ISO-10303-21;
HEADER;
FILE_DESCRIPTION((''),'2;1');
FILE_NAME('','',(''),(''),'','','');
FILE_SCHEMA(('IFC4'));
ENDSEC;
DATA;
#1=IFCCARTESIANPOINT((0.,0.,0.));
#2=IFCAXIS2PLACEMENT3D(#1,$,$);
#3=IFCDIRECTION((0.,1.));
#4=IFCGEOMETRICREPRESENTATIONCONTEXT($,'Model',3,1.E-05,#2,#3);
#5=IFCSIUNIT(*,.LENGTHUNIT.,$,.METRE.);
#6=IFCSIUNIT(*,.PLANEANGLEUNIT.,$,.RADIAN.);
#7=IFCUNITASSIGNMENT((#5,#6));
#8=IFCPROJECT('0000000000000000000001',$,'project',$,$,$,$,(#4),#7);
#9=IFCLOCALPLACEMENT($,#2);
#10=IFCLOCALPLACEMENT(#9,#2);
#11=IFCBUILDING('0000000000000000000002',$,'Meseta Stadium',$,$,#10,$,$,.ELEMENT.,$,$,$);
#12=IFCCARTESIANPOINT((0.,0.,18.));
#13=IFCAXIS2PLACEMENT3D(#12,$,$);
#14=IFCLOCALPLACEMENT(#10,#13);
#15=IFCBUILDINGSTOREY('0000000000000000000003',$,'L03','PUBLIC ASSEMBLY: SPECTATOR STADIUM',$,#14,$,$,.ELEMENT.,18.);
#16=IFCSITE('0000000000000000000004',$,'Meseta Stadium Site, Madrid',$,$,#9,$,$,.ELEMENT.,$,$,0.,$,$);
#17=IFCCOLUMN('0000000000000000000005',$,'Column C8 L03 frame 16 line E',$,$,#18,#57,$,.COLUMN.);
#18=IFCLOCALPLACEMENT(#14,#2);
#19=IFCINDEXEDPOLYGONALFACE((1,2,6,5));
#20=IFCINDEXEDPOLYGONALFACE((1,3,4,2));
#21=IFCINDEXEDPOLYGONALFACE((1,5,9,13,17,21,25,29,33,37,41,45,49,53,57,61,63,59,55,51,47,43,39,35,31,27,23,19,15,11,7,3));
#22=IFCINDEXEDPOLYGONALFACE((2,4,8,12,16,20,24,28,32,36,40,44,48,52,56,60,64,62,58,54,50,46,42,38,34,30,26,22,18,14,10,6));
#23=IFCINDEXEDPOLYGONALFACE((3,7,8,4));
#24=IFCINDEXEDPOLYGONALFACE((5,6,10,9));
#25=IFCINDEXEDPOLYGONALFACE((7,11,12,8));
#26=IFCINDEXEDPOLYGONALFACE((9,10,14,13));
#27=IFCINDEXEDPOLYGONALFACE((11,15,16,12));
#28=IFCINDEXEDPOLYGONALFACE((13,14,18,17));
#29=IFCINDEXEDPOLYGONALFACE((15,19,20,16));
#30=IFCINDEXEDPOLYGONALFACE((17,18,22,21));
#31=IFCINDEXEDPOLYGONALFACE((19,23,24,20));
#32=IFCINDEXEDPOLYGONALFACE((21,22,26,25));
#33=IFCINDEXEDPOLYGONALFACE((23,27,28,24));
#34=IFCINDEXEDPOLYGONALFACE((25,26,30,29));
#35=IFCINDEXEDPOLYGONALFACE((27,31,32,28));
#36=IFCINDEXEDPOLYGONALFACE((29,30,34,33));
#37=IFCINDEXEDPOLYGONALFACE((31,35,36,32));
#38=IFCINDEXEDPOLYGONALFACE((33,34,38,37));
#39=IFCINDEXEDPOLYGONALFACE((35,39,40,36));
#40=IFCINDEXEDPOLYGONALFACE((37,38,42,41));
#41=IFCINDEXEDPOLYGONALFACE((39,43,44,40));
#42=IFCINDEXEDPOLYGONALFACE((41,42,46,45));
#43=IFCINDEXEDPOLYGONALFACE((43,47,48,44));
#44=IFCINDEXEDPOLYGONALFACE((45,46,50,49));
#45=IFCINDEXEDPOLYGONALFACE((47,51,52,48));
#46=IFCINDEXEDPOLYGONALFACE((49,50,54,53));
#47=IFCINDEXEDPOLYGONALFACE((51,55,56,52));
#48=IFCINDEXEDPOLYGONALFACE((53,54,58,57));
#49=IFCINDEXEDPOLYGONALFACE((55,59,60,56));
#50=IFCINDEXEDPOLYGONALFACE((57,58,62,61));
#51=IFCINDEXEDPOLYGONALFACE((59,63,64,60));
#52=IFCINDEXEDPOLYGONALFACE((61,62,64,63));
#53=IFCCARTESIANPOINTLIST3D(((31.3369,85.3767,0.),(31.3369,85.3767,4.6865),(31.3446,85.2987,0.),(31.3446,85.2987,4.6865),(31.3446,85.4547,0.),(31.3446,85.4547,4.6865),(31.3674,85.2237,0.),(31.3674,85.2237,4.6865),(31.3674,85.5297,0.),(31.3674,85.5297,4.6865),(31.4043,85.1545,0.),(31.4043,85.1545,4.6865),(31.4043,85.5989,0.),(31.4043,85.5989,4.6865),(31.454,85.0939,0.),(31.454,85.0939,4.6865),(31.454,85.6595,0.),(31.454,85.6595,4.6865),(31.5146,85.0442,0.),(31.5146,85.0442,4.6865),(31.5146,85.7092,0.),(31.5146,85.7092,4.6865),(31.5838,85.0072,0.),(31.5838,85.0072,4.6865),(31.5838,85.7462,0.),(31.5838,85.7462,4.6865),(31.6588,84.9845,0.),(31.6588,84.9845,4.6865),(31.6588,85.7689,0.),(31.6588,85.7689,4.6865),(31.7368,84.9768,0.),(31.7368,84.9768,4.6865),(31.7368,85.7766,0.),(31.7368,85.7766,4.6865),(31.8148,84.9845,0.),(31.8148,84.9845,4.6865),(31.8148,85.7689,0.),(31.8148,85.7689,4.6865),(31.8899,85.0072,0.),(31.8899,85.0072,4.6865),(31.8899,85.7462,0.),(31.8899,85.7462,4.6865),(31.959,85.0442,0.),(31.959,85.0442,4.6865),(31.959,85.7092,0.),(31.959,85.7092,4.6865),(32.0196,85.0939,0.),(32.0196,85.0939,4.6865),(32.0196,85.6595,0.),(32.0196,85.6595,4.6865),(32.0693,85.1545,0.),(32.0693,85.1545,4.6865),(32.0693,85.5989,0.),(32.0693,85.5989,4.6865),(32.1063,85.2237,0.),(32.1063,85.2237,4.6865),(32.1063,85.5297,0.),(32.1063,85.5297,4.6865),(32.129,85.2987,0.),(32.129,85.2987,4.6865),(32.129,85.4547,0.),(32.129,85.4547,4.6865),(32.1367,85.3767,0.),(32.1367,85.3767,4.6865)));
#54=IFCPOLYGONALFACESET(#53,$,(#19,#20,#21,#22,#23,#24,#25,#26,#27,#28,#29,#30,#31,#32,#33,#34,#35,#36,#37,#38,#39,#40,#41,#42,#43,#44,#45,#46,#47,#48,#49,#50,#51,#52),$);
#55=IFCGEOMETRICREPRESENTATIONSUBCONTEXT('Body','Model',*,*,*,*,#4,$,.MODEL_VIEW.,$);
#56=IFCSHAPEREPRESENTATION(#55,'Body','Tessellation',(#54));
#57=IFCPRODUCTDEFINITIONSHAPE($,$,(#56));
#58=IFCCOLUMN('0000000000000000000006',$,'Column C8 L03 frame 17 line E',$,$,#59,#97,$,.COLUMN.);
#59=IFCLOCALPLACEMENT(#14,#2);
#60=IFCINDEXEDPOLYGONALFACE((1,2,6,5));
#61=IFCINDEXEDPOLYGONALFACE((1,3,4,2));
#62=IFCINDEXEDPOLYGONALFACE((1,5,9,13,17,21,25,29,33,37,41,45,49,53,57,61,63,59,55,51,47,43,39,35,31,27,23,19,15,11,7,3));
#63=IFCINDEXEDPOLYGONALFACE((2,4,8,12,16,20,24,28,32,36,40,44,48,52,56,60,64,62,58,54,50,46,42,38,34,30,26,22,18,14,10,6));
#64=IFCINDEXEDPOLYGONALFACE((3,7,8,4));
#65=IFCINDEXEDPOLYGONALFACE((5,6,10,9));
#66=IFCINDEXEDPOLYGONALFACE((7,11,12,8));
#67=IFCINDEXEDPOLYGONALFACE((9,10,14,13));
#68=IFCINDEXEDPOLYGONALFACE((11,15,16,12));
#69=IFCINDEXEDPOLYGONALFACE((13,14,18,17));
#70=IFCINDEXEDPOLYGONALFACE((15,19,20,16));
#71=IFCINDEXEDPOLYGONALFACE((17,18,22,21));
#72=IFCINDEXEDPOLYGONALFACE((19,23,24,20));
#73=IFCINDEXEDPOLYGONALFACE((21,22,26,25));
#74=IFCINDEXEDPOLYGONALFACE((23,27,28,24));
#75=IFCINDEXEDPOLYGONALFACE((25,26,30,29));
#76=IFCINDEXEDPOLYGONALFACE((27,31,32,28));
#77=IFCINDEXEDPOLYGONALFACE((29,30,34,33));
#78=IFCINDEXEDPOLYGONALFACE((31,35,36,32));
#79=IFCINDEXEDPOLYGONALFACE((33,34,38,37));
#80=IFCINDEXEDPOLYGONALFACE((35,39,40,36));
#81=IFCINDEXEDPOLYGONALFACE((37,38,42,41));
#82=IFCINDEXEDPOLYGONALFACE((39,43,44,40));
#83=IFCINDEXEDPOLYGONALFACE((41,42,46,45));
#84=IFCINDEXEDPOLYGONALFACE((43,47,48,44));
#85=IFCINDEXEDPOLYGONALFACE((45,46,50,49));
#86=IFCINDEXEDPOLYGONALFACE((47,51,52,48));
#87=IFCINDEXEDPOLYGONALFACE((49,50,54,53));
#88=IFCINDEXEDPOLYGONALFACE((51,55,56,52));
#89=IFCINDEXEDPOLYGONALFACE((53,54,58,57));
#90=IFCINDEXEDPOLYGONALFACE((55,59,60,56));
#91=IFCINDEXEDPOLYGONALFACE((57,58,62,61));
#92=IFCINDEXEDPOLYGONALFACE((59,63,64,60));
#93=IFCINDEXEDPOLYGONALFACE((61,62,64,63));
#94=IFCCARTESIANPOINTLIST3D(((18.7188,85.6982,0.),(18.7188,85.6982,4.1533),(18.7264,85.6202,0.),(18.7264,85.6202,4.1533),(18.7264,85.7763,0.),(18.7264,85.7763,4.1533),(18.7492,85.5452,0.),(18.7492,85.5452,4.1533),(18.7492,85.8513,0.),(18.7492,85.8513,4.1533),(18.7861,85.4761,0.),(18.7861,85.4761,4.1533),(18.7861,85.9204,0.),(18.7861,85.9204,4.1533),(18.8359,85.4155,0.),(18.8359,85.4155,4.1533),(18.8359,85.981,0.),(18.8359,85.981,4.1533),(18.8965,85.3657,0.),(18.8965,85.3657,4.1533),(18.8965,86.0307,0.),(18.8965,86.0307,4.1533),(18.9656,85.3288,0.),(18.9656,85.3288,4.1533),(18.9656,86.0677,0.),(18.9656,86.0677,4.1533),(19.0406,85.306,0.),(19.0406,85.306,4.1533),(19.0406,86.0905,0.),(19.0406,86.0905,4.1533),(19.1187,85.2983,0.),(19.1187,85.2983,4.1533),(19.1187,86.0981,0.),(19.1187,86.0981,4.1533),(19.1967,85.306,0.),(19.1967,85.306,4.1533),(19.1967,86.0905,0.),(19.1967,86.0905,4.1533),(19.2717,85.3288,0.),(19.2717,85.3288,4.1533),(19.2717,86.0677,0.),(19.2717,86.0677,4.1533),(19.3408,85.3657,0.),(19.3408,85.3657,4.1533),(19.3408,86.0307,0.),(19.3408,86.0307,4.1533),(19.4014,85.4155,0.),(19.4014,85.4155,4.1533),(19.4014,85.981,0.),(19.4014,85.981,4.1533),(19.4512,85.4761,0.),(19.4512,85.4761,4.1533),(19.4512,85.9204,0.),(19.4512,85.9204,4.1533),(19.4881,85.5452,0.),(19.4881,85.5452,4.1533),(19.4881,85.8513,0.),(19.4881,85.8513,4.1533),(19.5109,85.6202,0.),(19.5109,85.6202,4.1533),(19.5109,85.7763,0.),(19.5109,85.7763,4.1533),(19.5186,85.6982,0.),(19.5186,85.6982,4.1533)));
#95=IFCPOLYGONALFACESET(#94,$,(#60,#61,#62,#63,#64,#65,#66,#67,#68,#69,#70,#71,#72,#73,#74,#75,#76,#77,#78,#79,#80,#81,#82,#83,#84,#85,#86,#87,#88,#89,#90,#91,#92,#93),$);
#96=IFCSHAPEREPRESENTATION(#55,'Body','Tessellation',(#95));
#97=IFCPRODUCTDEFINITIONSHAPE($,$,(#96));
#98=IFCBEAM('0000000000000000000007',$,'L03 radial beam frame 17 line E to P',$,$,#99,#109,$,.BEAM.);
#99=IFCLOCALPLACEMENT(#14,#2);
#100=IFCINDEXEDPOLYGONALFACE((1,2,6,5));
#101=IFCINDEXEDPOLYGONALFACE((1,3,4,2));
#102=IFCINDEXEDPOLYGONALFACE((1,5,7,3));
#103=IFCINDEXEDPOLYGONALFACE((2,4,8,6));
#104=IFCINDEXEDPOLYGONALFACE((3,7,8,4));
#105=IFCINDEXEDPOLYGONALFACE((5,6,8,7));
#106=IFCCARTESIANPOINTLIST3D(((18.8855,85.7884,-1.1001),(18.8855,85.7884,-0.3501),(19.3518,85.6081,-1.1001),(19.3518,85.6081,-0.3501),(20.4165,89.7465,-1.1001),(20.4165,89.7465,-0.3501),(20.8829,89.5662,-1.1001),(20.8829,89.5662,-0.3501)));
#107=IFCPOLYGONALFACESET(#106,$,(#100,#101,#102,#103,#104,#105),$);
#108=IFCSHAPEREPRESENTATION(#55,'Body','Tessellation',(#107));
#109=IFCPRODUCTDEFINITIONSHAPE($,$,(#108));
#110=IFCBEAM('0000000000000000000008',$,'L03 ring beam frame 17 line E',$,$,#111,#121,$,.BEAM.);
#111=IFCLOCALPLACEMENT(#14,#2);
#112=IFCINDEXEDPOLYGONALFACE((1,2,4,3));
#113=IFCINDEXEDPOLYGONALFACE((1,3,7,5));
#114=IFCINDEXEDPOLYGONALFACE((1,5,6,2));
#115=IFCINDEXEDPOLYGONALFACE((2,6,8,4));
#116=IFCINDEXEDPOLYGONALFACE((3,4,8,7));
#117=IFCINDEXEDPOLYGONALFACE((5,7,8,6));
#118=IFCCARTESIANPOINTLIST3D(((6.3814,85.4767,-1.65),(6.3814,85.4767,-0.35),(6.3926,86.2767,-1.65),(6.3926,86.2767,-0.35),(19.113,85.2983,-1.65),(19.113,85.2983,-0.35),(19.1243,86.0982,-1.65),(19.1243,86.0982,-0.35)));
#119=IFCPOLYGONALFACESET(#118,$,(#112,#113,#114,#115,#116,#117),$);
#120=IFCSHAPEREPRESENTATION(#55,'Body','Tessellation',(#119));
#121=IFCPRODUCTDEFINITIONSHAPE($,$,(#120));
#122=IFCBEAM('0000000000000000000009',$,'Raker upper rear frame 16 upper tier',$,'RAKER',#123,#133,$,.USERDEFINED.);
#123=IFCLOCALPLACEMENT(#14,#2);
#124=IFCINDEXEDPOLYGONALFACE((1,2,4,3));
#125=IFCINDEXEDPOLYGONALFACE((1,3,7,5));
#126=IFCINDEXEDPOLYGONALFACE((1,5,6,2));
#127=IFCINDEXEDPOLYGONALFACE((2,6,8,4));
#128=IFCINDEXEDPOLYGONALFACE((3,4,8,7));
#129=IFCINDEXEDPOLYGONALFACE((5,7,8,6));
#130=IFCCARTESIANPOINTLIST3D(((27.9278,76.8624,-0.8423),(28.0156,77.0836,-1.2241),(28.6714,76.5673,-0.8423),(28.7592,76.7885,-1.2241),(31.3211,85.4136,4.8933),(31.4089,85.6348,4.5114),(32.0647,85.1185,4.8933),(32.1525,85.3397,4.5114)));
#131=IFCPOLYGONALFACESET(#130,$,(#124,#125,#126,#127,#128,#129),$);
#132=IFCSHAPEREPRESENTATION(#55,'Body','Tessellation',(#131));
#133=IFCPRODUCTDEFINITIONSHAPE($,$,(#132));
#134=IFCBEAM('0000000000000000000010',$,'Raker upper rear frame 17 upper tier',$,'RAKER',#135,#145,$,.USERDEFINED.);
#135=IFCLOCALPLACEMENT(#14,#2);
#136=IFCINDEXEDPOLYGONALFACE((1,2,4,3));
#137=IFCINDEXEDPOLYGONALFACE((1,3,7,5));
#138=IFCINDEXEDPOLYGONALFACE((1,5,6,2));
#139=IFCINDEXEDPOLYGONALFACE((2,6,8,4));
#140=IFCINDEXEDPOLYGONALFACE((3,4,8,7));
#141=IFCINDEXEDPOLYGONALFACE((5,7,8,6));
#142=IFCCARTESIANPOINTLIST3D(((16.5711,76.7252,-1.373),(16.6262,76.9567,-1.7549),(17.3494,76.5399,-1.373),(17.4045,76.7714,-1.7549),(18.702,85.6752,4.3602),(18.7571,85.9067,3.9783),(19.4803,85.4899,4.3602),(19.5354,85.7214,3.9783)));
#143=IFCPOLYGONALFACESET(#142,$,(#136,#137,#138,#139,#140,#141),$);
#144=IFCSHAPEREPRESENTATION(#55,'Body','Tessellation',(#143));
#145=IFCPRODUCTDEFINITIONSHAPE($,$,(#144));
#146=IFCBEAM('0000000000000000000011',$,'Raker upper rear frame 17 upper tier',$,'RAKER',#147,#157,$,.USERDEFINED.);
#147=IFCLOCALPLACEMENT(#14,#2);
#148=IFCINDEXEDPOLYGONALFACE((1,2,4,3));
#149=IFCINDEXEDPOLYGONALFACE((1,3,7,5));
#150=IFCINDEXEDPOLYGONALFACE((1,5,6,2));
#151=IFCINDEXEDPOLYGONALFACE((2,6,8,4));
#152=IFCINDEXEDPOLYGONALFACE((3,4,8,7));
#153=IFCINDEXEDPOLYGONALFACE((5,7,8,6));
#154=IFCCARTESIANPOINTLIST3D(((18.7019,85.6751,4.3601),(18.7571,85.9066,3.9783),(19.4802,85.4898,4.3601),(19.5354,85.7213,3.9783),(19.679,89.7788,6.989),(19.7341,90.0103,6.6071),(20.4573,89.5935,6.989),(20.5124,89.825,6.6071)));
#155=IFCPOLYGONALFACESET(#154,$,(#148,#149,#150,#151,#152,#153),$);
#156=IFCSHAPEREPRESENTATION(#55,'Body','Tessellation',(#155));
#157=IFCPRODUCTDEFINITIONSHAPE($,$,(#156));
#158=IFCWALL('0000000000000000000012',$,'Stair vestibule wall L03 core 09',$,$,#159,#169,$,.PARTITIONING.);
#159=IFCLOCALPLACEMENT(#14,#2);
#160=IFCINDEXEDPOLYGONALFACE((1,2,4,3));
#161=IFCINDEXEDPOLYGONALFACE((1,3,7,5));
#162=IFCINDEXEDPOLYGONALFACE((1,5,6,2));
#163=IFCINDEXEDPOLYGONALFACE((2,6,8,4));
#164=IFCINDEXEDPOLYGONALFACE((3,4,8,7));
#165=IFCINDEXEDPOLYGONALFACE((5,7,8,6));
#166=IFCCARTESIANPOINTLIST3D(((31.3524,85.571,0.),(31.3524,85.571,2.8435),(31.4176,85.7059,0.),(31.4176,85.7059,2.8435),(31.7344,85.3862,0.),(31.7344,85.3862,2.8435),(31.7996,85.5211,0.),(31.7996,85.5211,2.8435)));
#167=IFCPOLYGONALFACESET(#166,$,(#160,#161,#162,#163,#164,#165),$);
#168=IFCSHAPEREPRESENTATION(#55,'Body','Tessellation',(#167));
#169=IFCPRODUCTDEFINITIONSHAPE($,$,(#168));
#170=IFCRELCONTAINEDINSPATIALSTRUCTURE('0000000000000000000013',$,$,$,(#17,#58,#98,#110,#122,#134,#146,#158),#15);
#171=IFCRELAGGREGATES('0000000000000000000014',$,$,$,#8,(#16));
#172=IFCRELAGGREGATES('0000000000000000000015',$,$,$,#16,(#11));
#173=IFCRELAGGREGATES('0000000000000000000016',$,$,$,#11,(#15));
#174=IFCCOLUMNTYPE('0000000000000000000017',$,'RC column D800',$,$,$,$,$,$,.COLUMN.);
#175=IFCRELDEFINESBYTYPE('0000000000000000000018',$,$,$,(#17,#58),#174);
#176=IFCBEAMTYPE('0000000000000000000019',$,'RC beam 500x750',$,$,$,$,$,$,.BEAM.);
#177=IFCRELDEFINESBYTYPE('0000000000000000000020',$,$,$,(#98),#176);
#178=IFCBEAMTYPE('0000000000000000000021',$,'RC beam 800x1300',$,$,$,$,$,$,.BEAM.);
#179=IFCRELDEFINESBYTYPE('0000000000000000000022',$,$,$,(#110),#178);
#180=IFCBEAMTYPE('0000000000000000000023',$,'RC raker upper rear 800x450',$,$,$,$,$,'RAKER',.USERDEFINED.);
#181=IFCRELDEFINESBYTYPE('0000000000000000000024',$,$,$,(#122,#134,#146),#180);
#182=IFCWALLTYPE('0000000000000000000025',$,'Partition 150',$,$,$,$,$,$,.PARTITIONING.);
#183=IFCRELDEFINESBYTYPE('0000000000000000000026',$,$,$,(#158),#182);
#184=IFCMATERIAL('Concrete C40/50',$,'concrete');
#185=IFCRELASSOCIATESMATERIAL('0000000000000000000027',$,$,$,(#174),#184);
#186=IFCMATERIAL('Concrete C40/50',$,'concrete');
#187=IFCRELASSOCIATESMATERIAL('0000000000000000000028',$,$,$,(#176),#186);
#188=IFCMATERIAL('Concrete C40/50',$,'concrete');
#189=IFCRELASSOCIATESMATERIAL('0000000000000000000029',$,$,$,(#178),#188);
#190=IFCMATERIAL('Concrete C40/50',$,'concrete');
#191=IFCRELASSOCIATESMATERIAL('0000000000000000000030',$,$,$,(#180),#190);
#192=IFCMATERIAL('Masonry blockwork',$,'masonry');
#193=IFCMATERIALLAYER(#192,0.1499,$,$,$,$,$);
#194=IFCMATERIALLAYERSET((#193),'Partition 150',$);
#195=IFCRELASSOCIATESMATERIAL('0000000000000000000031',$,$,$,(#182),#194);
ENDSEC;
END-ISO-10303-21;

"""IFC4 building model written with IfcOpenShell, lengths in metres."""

from ifc_helpers import new_model, si_unit, direction, frame, frame_2d, origin, origin_2d, place, context, subcontext, project, spatial, rectangle, circle, extrude, material, layer, layer_set, material_profile, profile_set, type_object, element, save


model = new_model("IFC4")

# Units and contexts
model_context = context("Model", 3, precision=1e-05, world=origin(), true_north=direction((0.0, 1.0)))
body_context = subcontext(model_context, "Body", "Model", "MODEL_VIEW")
ifc_project = project(units=[si_unit("LENGTHUNIT", "METRE"), si_unit("PLANEANGLEUNIT", "RADIAN")], contexts=[model_context])

# Site, building, storey
site_placement = place(None, origin())
site = spatial("IfcSite", under=ifc_project, at=site_placement, Name="Meseta Stadium Site, Madrid", CompositionType="ELEMENT", RefElevation=0.0)
building_placement = place(site_placement, origin())
building = spatial("IfcBuilding", under=site, at=building_placement, Name="Meseta Stadium", CompositionType="ELEMENT")
storey_placement = place(building_placement, frame((0.0, 0.0, 18.0)))
storey = spatial("IfcBuildingStorey", under=building, at=storey_placement, Name="L03", Description="PUBLIC ASSEMBLY: SPECTATOR STADIUM", CompositionType="ELEMENT", Elevation=18.0)

# Columns
ifc_material_1 = material(Name="Concrete C40/50", Category="concrete")
ifc_material_profile_1 = material_profile(ifc_material_1, circle(Radius=0.3999, at=origin_2d()), Name="RC D800")
ifc_profile_set_1 = profile_set([ifc_material_profile_1], Name="Concrete C40/50")
column_type = type_object("IfcColumnType", Name="RC column D800", PredefinedType="COLUMN", material=ifc_profile_set_1)
column_1_placement = place(storey_placement, frame((31.7368, 85.3767, 0.0), z_axis=(0.0, 0.0, 1.0), x_axis=(1.0, 0.0, 0.0)))
element("IfcColumn", 1, at=column_1_placement, inside=storey, type_object=column_type, Name="Column C8 L03 frame 16 line E", PredefinedType="COLUMN", context=body_context, shape_type="SweptSolid", body=[
    extrude(circle(Radius=0.3999, at=origin_2d()), origin(), (0.0, 0.0, 1.0), 4.6865),
])
column_2_placement = place(storey_placement, frame((19.1187, 85.6982, 0.0), z_axis=(0.0, 0.0, 1.0), x_axis=(1.0, 0.0, 0.0)))
element("IfcColumn", 2, at=column_2_placement, inside=storey, type_object=column_type, Name="Column C8 L03 frame 17 line E", PredefinedType="COLUMN", context=body_context, shape_type="SweptSolid", body=[
    extrude(circle(Radius=0.3999, at=origin_2d()), origin(), (0.0, 0.0, 1.0), 4.1533),
])

# Beams
ifc_material_2 = material(Name="Concrete C40/50", Category="concrete")
ifc_material_profile_2 = material_profile(ifc_material_2, rectangle(XDim=0.5, YDim=0.75, at=origin_2d()), Name="RC 500x750")
ifc_profile_set_2 = profile_set([ifc_material_profile_2], Name="Concrete C40/50")
beam_type_1 = type_object("IfcBeamType", Name="RC beam 500x750", PredefinedType="BEAM", material=ifc_profile_set_2)
beam_1_placement = place(storey_placement, frame((19.1187, 85.6982, -0.7251), z_axis=(0.360763, 0.932657, 0.0), x_axis=(-0.932657, 0.360763, 0.0)))
element("IfcBeam", 3, at=beam_1_placement, inside=storey, type_object=beam_type_1, Name="L03 radial beam frame 17 line E to P", PredefinedType="BEAM", context=body_context, shape_type="SweptSolid", body=[
    extrude(rectangle(XDim=0.5, YDim=0.75, at=origin_2d()), origin(), (0.0, 0.0, 1.0), 4.2439),
])
ifc_material_3 = material(Name="Concrete C40/50", Category="concrete")
ifc_material_profile_3 = material_profile(ifc_material_3, rectangle(XDim=0.8, YDim=1.3, at=origin_2d()), Name="RC 800x1300")
ifc_profile_set_3 = profile_set([ifc_material_profile_3], Name="Concrete C40/50")
beam_type_2 = type_object("IfcBeamType", Name="RC beam 800x1300", PredefinedType="BEAM", material=ifc_profile_set_3)
beam_2_placement = place(storey_placement, frame((19.1187, 85.6982, -1.0), z_axis=(-0.999902, 0.014016, 0.0), x_axis=(-0.014016, -0.999902, 0.0)))
element("IfcBeam", 4, at=beam_2_placement, inside=storey, type_object=beam_type_2, Name="L03 ring beam frame 17 line E", PredefinedType="BEAM", context=body_context, shape_type="SweptSolid", body=[
    extrude(rectangle(XDim=0.8, YDim=1.3, at=origin_2d()), origin(), (0.0, 0.0, 1.0), 12.7329),
])
ifc_material_4 = material(Name="Concrete C40/50", Category="concrete")
ifc_material_profile_4 = material_profile(ifc_material_4, rectangle(XDim=0.8, YDim=0.45, at=origin_2d()), Name="RC 800x450")
ifc_profile_set_4 = profile_set([ifc_material_profile_4], Name="Concrete C40/50")
beam_type_3 = type_object("IfcBeamType", Name="RC raker upper rear 800x450", ElementType="RAKER", PredefinedType="USERDEFINED", material=ifc_profile_set_4)
beam_3_placement = place(storey_placement, frame((28.3435, 76.8254, -1.0332), z_axis=(0.312996, 0.788761, 0.529046), x_axis=(-0.929493, 0.368841, 0.0)))
element("IfcBeam", 5, at=beam_3_placement, inside=storey, type_object=beam_type_3, Name="Raker upper rear frame 16 upper tier", ObjectType="RAKER", PredefinedType="USERDEFINED", context=body_context, shape_type="SweptSolid", body=[
    extrude(rectangle(XDim=0.8, YDim=0.45, at=origin_2d()), origin(), (0.0, 0.0, 1.0), 10.8413),
])
beam_4_placement = place(storey_placement, frame((16.9878, 76.7483, -1.564), z_axis=(0.196569, 0.825621, 0.528876), x_axis=(-0.972808, 0.231612, 0.0)))
element("IfcBeam", 6, at=beam_4_placement, inside=storey, type_object=beam_type_3, Name="Raker upper rear frame 17 upper tier", ObjectType="RAKER", PredefinedType="USERDEFINED", context=body_context, shape_type="SweptSolid", body=[
    extrude(rectangle(XDim=0.8, YDim=0.45, at=origin_2d()), origin(), (0.0, 0.0, 1.0), 10.8403),
])
beam_5_placement = place(storey_placement, frame((19.1187, 85.6982, 4.1692), z_axis=(0.196567, 0.825611, 0.528894), x_axis=(-0.972808, 0.231613, 0.0)))
element("IfcBeam", 7, at=beam_5_placement, inside=storey, type_object=beam_type_3, Name="Raker upper rear frame 17 upper tier", ObjectType="RAKER", PredefinedType="USERDEFINED", context=body_context, shape_type="SweptSolid", body=[
    extrude(rectangle(XDim=0.8, YDim=0.45, at=origin_2d()), origin(), (0.0, 0.0, 1.0), 4.9705),
])

# Wall
ifc_material_5 = material(Name="Masonry blockwork", Category="masonry")
ifc_layer_1 = layer(ifc_material_5, 0.1499)
ifc_layer_set_1 = layer_set([ifc_layer_1], Name="Partition 150")
wall_type = type_object("IfcWallType", Name="Partition 150", PredefinedType="PARTITIONING", material=ifc_layer_set_1)
wall_1_placement = place(storey_placement, frame((31.385, 85.6384, 0.0), z_axis=(0.0, 0.0, 1.0), x_axis=(0.900217, -0.435441, 0.0)))
element("IfcWall", 8, at=wall_1_placement, inside=storey, type_object=wall_type, Name="Stair vestibule wall L03 core 09", PredefinedType="PARTITIONING", context=body_context, shape_type="SweptSolid", body=[
    extrude(rectangle(XDim=0.4243, YDim=0.1499, at=frame_2d((0.2122, 0.0))), origin(), (0.0, 0.0, 1.0), 2.8435),
])

save(model, "model.ifc")
